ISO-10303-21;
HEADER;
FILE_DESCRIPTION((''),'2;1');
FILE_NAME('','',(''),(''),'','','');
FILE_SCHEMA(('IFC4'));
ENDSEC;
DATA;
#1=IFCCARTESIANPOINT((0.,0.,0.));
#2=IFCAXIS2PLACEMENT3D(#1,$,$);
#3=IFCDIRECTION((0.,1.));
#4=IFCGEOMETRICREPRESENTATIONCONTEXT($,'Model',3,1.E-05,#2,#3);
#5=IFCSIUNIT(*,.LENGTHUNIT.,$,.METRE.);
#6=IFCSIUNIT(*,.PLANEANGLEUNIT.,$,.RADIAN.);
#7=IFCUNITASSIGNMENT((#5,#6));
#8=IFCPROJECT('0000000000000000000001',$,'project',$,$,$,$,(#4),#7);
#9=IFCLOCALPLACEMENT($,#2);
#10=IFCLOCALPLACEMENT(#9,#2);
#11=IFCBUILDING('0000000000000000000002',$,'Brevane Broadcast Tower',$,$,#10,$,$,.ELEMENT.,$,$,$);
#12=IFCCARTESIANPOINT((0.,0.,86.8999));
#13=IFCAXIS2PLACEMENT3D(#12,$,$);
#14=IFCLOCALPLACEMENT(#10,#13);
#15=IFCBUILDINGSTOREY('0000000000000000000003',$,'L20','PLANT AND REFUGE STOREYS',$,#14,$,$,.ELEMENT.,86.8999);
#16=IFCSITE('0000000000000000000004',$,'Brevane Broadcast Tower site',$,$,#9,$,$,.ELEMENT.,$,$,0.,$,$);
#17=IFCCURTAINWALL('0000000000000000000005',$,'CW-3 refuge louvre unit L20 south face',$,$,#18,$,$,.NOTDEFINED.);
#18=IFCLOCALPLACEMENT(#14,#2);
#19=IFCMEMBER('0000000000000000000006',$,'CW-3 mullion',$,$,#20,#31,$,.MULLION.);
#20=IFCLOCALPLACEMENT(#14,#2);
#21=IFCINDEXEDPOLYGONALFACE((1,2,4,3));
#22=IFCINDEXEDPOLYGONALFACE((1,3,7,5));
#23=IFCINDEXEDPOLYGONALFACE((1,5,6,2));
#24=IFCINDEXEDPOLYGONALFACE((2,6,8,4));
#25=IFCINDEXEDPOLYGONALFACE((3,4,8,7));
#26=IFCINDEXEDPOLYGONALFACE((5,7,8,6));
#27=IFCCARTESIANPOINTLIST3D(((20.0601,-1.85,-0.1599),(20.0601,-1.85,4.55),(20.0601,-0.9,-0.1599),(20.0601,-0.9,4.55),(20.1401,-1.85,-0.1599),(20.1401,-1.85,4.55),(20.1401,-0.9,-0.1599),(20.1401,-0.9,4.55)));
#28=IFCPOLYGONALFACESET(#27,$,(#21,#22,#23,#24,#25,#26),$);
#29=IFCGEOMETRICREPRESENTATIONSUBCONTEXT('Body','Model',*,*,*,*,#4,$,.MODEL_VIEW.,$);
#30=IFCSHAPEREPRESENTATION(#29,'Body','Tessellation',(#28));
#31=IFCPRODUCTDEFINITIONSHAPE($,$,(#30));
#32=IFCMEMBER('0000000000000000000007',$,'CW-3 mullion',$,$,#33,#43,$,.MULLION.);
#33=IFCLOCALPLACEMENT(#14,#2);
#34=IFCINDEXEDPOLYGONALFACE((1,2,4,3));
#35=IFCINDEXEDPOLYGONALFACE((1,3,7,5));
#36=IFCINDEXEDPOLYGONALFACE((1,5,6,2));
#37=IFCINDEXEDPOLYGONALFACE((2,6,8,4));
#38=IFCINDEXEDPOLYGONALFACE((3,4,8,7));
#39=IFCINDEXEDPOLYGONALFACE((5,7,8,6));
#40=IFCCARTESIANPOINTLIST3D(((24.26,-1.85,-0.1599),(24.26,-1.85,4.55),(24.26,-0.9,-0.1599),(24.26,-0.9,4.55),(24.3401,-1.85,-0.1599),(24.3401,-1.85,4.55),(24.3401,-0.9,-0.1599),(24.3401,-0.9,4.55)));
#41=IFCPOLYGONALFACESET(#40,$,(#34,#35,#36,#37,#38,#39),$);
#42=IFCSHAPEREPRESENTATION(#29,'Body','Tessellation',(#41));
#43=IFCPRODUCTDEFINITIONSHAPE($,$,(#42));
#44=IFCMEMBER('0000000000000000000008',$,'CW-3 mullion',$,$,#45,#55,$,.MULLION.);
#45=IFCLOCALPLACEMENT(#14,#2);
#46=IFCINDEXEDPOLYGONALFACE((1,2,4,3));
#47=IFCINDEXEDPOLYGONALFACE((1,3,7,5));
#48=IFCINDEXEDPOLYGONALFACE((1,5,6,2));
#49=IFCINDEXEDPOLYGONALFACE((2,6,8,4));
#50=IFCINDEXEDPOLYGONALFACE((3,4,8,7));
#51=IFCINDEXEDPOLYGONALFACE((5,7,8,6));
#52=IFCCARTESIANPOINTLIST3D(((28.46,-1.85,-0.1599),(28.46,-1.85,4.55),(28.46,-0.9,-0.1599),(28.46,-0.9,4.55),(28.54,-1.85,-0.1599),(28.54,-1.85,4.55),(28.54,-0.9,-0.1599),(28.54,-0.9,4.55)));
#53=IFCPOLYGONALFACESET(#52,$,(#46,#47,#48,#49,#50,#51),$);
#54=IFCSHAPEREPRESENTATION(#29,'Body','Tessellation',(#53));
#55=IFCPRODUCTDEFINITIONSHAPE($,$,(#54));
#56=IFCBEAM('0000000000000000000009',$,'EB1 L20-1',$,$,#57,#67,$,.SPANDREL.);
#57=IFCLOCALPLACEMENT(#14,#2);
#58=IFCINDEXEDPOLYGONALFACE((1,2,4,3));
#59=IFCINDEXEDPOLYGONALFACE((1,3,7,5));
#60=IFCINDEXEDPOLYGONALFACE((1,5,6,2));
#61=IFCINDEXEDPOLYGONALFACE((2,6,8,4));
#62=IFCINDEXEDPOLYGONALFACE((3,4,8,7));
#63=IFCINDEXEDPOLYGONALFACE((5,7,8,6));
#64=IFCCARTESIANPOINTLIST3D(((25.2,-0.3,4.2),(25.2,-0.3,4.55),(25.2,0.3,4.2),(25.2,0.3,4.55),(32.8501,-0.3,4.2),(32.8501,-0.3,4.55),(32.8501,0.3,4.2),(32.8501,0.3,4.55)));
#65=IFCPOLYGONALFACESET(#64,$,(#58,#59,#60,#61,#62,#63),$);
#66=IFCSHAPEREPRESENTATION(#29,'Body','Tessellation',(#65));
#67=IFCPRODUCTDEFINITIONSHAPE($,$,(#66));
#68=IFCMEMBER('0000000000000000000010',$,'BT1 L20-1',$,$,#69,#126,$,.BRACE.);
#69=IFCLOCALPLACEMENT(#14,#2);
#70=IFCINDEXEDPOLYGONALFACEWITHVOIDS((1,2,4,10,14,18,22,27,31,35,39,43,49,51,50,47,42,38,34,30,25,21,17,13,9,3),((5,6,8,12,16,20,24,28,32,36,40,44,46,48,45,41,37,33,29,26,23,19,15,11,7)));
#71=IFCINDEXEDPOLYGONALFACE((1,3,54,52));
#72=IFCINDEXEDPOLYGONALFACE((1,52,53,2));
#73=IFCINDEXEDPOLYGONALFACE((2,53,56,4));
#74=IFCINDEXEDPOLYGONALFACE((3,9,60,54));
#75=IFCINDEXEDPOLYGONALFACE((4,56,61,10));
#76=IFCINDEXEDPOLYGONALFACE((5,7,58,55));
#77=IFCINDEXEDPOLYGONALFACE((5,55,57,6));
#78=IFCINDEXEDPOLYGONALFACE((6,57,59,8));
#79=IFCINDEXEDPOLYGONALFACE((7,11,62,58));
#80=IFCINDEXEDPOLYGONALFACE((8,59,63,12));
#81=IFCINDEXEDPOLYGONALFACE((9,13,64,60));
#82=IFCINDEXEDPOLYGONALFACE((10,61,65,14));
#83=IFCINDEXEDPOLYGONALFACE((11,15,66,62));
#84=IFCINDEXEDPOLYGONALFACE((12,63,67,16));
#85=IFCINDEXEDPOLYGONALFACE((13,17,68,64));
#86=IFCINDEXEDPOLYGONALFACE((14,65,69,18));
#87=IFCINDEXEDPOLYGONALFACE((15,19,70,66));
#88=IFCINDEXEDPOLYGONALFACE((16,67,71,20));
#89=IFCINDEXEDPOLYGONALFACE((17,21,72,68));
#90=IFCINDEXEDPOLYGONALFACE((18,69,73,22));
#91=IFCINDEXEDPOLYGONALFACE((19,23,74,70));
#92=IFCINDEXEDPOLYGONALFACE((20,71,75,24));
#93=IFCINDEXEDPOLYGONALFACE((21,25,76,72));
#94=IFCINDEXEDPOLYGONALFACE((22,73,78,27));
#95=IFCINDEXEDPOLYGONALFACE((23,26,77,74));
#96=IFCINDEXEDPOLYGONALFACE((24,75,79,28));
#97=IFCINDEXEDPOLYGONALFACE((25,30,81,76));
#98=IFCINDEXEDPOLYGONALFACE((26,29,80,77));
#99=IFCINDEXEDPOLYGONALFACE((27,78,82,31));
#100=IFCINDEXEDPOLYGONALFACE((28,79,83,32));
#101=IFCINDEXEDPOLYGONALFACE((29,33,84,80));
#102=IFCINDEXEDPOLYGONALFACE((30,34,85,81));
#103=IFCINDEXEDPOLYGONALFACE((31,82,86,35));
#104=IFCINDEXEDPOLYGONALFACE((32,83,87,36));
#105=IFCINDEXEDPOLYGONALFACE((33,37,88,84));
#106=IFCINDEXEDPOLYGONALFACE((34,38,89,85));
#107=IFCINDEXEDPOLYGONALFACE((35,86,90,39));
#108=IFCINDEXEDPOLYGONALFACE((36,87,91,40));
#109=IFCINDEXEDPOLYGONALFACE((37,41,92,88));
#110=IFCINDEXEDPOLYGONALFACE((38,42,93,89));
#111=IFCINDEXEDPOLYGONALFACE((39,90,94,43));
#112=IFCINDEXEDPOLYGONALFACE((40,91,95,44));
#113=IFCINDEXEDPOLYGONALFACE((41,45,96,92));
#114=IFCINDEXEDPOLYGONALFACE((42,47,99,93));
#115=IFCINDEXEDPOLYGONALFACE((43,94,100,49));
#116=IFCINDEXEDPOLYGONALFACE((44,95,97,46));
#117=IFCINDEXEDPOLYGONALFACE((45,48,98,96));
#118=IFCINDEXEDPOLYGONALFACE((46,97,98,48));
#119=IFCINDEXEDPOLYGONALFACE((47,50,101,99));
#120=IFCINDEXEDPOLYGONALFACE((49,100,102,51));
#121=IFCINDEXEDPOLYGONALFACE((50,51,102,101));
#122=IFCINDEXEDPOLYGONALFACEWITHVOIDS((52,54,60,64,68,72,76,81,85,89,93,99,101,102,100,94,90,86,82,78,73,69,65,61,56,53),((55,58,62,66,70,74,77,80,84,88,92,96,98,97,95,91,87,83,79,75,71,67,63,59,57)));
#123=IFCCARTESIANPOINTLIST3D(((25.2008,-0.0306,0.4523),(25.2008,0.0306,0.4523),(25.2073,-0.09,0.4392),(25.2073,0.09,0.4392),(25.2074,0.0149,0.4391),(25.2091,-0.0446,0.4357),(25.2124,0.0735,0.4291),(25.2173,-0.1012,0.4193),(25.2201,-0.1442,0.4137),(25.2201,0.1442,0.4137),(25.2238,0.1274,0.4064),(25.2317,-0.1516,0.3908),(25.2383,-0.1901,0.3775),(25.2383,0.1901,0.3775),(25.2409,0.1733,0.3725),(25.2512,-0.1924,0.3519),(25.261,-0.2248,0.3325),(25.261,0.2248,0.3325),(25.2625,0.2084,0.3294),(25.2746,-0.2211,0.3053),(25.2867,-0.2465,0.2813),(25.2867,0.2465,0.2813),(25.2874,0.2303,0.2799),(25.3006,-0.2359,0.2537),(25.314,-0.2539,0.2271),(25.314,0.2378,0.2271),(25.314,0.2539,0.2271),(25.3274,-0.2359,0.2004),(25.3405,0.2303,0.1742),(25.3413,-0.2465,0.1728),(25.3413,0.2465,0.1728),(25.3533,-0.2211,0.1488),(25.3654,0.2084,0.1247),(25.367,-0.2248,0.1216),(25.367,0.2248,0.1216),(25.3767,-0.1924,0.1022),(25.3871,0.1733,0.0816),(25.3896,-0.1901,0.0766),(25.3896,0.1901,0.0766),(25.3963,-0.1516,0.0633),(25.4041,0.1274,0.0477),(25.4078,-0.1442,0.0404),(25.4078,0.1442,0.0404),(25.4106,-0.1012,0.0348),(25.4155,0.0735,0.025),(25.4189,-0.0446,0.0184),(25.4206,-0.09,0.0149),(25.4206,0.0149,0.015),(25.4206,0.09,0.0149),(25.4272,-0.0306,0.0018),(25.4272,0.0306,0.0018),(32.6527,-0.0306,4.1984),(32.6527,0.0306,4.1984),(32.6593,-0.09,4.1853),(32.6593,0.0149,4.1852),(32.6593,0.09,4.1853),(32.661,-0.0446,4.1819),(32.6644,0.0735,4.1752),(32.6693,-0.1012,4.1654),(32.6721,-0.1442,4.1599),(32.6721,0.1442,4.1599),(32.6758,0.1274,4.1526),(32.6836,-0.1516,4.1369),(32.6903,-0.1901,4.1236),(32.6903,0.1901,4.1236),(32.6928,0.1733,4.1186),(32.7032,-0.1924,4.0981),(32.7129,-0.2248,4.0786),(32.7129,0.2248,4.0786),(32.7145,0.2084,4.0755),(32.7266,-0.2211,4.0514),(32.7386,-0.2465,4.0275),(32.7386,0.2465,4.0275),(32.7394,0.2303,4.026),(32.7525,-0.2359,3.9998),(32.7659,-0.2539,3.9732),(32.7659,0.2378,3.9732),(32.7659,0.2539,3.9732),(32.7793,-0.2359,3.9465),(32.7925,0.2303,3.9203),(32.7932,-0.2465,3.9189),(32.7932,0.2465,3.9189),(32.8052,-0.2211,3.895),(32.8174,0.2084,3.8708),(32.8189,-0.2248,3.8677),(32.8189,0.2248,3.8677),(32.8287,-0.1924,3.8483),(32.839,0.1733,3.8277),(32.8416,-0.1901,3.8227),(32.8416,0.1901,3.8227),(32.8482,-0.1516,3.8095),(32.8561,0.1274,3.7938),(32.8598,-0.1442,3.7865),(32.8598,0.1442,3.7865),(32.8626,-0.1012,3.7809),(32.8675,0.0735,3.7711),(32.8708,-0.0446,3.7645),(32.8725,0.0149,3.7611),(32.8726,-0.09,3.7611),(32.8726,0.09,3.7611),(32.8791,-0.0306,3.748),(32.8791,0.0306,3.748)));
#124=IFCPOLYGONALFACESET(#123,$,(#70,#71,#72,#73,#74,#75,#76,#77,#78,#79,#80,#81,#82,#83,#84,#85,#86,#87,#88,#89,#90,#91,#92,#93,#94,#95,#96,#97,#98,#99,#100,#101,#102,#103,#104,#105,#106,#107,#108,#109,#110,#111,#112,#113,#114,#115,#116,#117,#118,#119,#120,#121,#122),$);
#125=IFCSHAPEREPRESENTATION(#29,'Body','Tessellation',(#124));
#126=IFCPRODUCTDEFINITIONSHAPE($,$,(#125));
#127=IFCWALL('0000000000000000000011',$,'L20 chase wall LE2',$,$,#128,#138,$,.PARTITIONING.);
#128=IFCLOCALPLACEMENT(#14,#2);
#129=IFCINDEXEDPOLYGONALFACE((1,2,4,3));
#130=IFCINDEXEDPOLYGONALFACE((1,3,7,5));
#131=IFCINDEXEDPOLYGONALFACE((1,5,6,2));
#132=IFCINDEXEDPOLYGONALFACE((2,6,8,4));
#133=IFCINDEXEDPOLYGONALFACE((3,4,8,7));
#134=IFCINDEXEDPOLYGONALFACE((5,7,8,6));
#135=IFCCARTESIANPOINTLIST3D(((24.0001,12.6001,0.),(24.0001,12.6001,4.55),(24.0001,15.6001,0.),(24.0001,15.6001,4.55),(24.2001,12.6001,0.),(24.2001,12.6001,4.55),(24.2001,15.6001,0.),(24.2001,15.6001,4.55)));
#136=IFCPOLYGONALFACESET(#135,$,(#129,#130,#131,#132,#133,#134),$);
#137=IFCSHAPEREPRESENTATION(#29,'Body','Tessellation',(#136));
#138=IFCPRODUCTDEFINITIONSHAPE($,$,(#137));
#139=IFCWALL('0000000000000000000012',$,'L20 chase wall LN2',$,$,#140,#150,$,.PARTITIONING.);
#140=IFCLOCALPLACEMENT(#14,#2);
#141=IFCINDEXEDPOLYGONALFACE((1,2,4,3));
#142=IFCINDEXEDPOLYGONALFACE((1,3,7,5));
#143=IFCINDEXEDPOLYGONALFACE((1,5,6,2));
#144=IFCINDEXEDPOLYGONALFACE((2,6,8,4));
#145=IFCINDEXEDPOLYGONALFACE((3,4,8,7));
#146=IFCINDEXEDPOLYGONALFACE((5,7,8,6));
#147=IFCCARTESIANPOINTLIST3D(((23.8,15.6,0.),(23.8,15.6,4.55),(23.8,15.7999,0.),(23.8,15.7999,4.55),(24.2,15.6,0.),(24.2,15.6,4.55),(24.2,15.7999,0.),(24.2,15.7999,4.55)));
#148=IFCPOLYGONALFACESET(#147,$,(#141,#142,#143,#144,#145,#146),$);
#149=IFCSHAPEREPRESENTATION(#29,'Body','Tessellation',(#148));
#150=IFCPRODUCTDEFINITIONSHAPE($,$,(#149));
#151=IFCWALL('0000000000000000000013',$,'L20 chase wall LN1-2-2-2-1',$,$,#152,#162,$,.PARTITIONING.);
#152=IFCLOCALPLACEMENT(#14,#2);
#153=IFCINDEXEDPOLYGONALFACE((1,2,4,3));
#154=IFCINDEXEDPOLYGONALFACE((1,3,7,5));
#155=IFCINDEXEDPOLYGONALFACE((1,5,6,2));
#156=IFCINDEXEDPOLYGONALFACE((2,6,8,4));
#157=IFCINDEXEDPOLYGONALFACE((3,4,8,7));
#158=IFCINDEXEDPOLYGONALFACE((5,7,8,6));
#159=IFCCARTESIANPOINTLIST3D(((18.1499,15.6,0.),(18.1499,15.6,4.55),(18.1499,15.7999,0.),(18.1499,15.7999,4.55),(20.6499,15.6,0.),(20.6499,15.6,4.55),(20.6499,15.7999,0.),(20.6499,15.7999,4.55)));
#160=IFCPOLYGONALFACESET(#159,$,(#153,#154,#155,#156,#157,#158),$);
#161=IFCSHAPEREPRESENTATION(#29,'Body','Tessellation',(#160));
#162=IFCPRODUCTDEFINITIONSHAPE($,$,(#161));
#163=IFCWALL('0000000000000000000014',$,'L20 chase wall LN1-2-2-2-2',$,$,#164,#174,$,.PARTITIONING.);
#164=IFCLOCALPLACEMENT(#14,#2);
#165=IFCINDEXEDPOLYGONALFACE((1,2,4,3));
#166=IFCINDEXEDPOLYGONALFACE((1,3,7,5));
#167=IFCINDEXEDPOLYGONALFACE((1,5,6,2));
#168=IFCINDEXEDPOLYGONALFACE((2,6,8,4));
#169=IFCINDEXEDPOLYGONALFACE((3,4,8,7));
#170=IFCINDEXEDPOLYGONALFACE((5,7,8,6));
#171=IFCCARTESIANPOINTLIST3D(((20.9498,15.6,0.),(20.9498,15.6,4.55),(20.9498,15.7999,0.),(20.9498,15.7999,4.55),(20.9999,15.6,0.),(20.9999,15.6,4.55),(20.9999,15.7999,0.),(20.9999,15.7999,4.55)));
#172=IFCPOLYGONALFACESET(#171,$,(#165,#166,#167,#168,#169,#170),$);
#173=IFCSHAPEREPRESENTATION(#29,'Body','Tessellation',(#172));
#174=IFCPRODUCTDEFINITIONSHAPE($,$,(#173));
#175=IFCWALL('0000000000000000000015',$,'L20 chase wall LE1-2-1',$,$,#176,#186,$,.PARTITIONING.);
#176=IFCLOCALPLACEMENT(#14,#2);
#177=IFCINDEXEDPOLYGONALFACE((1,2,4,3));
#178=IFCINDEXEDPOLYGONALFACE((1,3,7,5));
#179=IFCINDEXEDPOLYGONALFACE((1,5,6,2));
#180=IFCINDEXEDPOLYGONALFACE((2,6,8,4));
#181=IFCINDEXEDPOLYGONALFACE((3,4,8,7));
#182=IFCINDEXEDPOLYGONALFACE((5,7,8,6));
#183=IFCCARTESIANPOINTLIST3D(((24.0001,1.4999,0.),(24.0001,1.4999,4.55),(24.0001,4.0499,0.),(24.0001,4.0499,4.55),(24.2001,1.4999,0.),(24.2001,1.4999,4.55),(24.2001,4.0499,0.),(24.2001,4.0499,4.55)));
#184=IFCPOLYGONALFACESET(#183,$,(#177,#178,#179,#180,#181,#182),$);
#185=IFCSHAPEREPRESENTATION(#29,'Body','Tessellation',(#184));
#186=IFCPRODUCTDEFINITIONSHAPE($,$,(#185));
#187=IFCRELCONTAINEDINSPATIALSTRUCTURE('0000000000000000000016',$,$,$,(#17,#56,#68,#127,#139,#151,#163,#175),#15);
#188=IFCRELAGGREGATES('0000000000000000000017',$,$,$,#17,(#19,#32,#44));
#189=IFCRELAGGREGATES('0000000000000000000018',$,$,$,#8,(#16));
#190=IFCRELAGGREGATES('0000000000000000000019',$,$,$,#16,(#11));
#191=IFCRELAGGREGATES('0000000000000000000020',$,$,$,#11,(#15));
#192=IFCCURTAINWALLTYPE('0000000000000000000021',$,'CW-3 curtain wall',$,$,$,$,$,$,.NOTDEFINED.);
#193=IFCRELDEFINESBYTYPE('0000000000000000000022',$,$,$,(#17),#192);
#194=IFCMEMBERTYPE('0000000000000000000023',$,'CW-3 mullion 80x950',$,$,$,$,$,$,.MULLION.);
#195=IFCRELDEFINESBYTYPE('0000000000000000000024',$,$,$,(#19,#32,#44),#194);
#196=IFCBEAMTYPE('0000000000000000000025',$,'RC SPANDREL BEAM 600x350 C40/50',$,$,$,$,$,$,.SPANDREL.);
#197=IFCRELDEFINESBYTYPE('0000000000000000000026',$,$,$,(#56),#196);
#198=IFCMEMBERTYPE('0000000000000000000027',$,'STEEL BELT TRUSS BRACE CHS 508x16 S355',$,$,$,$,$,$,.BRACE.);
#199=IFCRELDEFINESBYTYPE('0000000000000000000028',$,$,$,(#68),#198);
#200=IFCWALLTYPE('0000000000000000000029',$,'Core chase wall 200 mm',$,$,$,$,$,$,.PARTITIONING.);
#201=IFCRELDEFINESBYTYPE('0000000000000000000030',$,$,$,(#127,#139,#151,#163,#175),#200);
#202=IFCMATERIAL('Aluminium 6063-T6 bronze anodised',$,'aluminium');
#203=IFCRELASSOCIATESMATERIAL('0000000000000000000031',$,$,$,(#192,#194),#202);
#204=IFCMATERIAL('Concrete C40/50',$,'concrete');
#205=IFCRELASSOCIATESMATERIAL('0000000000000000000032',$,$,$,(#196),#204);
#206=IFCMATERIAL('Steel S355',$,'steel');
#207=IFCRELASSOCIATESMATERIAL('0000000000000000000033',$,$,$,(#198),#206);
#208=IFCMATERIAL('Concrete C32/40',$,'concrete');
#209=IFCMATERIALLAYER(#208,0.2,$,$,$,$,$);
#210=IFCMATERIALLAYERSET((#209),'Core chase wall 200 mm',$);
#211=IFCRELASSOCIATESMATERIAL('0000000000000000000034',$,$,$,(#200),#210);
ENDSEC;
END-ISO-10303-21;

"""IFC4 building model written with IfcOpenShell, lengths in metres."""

from ifc_helpers import new_model, si_unit, direction, frame, frame_2d, origin, origin_2d, place, context, subcontext, project, spatial, rectangle, hollow_circle, extrude, material, layer, layer_set, material_profile, profile_set, type_object, element, aggregate, save


model = new_model("IFC4")

# Units and contexts
model_context = context("Model", 3, precision=1e-05, world=origin(), true_north=direction((0.0, 1.0)))
body_context = subcontext(model_context, "Body", "Model", "MODEL_VIEW")
ifc_project = project(units=[si_unit("LENGTHUNIT", "METRE"), si_unit("PLANEANGLEUNIT", "RADIAN")], contexts=[model_context])

# Site, building, storey
site_placement = place(None, origin())
site = spatial("IfcSite", under=ifc_project, at=site_placement, Name="Brevane Broadcast Tower site", CompositionType="ELEMENT", RefElevation=0.0)
building_placement = place(site_placement, origin())
building = spatial("IfcBuilding", under=site, at=building_placement, Name="Brevane Broadcast Tower", CompositionType="ELEMENT")
storey_placement = place(building_placement, frame((0.0, 0.0, 86.8999)))
storey = spatial("IfcBuildingStorey", under=building, at=storey_placement, Name="L20", Description="PLANT AND REFUGE STOREYS", CompositionType="ELEMENT", Elevation=86.8999)

# Curtain wall, members
ifc_material_1 = material(Name="Aluminium 6063-T6 bronze anodised", Category="aluminium")
curtain_wall_type = type_object("IfcCurtainWallType", Name="CW-3 curtain wall", PredefinedType="NOTDEFINED", material=ifc_material_1)
curtain_wall_placement = place(storey_placement, origin())
curtain_wall = element("IfcCurtainWall", 1, at=curtain_wall_placement, inside=storey, type_object=curtain_wall_type, Name="CW-3 refuge louvre unit L20 south face", PredefinedType="NOTDEFINED")
ifc_material_profile_1 = material_profile(ifc_material_1, rectangle(XDim=0.95, YDim=0.0801, at=origin_2d()), Name="RECT 80x950")
ifc_profile_set_1 = profile_set([ifc_material_profile_1], Name="Aluminium 6063-T6 bronze anodised")
member_type_1 = type_object("IfcMemberType", Name="CW-3 mullion 80x950", PredefinedType="MULLION", material=ifc_profile_set_1)
member_1_placement = place(storey_placement, frame((20.1001, -1.375, -0.1599), z_axis=(0.0, 0.0, 1.0), x_axis=(0.0, 1.0, 0.0)))
member_1 = element("IfcMember", 2, at=member_1_placement, type_object=member_type_1, Name="CW-3 mullion", PredefinedType="MULLION", context=body_context, shape_type="SweptSolid", body=[
    extrude(rectangle(XDim=0.95, YDim=0.0801, at=origin_2d()), origin(), (0.0, 0.0, 1.0), 4.71),
])
member_2_placement = place(storey_placement, frame((24.3, -1.375, -0.1599), z_axis=(0.0, 0.0, 1.0), x_axis=(0.0, 1.0, 0.0)))
member_2 = element("IfcMember", 3, at=member_2_placement, type_object=member_type_1, Name="CW-3 mullion", PredefinedType="MULLION", context=body_context, shape_type="SweptSolid", body=[
    extrude(rectangle(XDim=0.95, YDim=0.0801, at=origin_2d()), origin(), (0.0, 0.0, 1.0), 4.71),
])
member_3_placement = place(storey_placement, frame((28.5, -1.375, -0.1599), z_axis=(0.0, 0.0, 1.0), x_axis=(0.0, 1.0, 0.0)))
member_3 = element("IfcMember", 4, at=member_3_placement, type_object=member_type_1, Name="CW-3 mullion", PredefinedType="MULLION", context=body_context, shape_type="SweptSolid", body=[
    extrude(rectangle(XDim=0.95, YDim=0.0801, at=origin_2d()), origin(), (0.0, 0.0, 1.0), 4.71),
])
aggregate(curtain_wall, [member_1, member_2, member_3])

# Beam
ifc_material_2 = material(Name="Concrete C40/50", Category="concrete")
ifc_material_profile_2 = material_profile(ifc_material_2, rectangle(XDim=0.6001, YDim=0.3501, at=origin_2d()), Name="RC 600x350")
ifc_profile_set_2 = profile_set([ifc_material_profile_2], Name="Concrete C40/50")
beam_type = type_object("IfcBeamType", Name="RC SPANDREL BEAM 600x350 C40/50", PredefinedType="SPANDREL", material=ifc_profile_set_2)
beam_placement = place(storey_placement, frame((25.2, 0.0, 4.375), z_axis=(1.0, 0.0, 0.0), x_axis=(0.0, 1.0, 0.0)))
element("IfcBeam", 5, at=beam_placement, inside=storey, type_object=beam_type, Name="EB1 L20-1", PredefinedType="SPANDREL", context=body_context, shape_type="SweptSolid", body=[
    extrude(rectangle(XDim=0.6001, YDim=0.3501, at=origin_2d()), origin(), (0.0, 0.0, 1.0), 7.6501),
])

# Member
ifc_material_3 = material(Name="Steel S355", Category="steel")
ifc_material_profile_3 = material_profile(ifc_material_3, hollow_circle(Radius=0.2539, WallThickness=0.0161, at=origin_2d()), Name="CHS 508x16")
ifc_profile_set_3 = profile_set([ifc_material_profile_3], Name="Steel S355")
member_type_2 = type_object("IfcMemberType", Name="STEEL BELT TRUSS BRACE CHS 508x16 S355", PredefinedType="BRACE", material=ifc_profile_set_3)
member_4_placement = place(storey_placement, frame((25.314, 0.0, 0.2271), z_axis=(0.893459, 0.0, 0.449144), x_axis=(0.0, 1.0, 0.0)))
element("IfcMember", 6, at=member_4_placement, inside=storey, type_object=member_type_2, Name="BT1 L20-1", PredefinedType="BRACE", context=body_context, shape_type="SweptSolid", body=[
    extrude(hollow_circle(Radius=0.2539, WallThickness=0.0161, at=origin_2d()), origin(), (0.0, 0.0, 1.0), 8.3406),
])

# Walls
ifc_material_4 = material(Name="Concrete C32/40", Category="concrete")
ifc_layer_1 = layer(ifc_material_4, 0.2)
ifc_layer_set_1 = layer_set([ifc_layer_1], Name="Core chase wall 200 mm")
wall_type_1 = type_object("IfcWallType", Name="Core chase wall 200 mm", PredefinedType="PARTITIONING", material=ifc_layer_set_1)
wall_1_placement = place(storey_placement, frame((24.1001, 12.6001, 0.0), z_axis=(0.0, 0.0, 1.0), x_axis=(0.0, 1.0, 0.0)))
element("IfcWall", 7, at=wall_1_placement, inside=storey, type_object=wall_type_1, Name="L20 chase wall LE2", PredefinedType="PARTITIONING", context=body_context, shape_type="SweptSolid", body=[
    extrude(rectangle(XDim=3.0, YDim=0.2, at=frame_2d((1.5, 0.0))), origin(), (0.0, 0.0, 1.0), 4.55),
])
wall_2_placement = place(storey_placement, frame((23.8, 15.7, 0.0), z_axis=(0.0, 0.0, 1.0), x_axis=(1.0, 0.0, 0.0)))
element("IfcWall", 8, at=wall_2_placement, inside=storey, type_object=wall_type_1, Name="L20 chase wall LN2", PredefinedType="PARTITIONING", context=body_context, shape_type="SweptSolid", body=[
    extrude(rectangle(XDim=0.3999, YDim=0.2, at=frame_2d((0.2, 0.0))), origin(), (0.0, 0.0, 1.0), 4.55),
])
wall_3_placement = place(storey_placement, frame((18.1499, 15.7, 0.0), z_axis=(0.0, 0.0, 1.0), x_axis=(1.0, 0.0, 0.0)))
element("IfcWall", 9, at=wall_3_placement, inside=storey, type_object=wall_type_1, Name="L20 chase wall LN1-2-2-2-1", PredefinedType="PARTITIONING", context=body_context, shape_type="SweptSolid", body=[
    extrude(rectangle(XDim=2.5, YDim=0.2, at=frame_2d((1.25, 0.0))), origin(), (0.0, 0.0, 1.0), 4.55),
])
wall_4_placement = place(storey_placement, frame((20.95, 15.7, 0.0), z_axis=(0.0, 0.0, 1.0), x_axis=(1.0, 0.0, 0.0)))
element("IfcWall", 10, at=wall_4_placement, inside=storey, type_object=wall_type_1, Name="L20 chase wall LN1-2-2-2-2", PredefinedType="PARTITIONING", context=body_context, shape_type="SweptSolid", body=[
    extrude(rectangle(XDim=0.05, YDim=0.2, at=frame_2d((0.0249, 0.0))), origin(), (0.0, 0.0, 1.0), 4.55),
])
wall_5_placement = place(storey_placement, frame((24.1001, 1.5, 0.0), z_axis=(0.0, 0.0, 1.0), x_axis=(0.0, 1.0, 0.0)))
element("IfcWall", 11, at=wall_5_placement, inside=storey, type_object=wall_type_1, Name="L20 chase wall LE1-2-1", PredefinedType="PARTITIONING", context=body_context, shape_type="SweptSolid", body=[
    extrude(rectangle(XDim=2.55, YDim=0.2, at=frame_2d((1.2749, 0.0))), origin(), (0.0, 0.0, 1.0), 4.55),
])

save(model, "model.ifc")
